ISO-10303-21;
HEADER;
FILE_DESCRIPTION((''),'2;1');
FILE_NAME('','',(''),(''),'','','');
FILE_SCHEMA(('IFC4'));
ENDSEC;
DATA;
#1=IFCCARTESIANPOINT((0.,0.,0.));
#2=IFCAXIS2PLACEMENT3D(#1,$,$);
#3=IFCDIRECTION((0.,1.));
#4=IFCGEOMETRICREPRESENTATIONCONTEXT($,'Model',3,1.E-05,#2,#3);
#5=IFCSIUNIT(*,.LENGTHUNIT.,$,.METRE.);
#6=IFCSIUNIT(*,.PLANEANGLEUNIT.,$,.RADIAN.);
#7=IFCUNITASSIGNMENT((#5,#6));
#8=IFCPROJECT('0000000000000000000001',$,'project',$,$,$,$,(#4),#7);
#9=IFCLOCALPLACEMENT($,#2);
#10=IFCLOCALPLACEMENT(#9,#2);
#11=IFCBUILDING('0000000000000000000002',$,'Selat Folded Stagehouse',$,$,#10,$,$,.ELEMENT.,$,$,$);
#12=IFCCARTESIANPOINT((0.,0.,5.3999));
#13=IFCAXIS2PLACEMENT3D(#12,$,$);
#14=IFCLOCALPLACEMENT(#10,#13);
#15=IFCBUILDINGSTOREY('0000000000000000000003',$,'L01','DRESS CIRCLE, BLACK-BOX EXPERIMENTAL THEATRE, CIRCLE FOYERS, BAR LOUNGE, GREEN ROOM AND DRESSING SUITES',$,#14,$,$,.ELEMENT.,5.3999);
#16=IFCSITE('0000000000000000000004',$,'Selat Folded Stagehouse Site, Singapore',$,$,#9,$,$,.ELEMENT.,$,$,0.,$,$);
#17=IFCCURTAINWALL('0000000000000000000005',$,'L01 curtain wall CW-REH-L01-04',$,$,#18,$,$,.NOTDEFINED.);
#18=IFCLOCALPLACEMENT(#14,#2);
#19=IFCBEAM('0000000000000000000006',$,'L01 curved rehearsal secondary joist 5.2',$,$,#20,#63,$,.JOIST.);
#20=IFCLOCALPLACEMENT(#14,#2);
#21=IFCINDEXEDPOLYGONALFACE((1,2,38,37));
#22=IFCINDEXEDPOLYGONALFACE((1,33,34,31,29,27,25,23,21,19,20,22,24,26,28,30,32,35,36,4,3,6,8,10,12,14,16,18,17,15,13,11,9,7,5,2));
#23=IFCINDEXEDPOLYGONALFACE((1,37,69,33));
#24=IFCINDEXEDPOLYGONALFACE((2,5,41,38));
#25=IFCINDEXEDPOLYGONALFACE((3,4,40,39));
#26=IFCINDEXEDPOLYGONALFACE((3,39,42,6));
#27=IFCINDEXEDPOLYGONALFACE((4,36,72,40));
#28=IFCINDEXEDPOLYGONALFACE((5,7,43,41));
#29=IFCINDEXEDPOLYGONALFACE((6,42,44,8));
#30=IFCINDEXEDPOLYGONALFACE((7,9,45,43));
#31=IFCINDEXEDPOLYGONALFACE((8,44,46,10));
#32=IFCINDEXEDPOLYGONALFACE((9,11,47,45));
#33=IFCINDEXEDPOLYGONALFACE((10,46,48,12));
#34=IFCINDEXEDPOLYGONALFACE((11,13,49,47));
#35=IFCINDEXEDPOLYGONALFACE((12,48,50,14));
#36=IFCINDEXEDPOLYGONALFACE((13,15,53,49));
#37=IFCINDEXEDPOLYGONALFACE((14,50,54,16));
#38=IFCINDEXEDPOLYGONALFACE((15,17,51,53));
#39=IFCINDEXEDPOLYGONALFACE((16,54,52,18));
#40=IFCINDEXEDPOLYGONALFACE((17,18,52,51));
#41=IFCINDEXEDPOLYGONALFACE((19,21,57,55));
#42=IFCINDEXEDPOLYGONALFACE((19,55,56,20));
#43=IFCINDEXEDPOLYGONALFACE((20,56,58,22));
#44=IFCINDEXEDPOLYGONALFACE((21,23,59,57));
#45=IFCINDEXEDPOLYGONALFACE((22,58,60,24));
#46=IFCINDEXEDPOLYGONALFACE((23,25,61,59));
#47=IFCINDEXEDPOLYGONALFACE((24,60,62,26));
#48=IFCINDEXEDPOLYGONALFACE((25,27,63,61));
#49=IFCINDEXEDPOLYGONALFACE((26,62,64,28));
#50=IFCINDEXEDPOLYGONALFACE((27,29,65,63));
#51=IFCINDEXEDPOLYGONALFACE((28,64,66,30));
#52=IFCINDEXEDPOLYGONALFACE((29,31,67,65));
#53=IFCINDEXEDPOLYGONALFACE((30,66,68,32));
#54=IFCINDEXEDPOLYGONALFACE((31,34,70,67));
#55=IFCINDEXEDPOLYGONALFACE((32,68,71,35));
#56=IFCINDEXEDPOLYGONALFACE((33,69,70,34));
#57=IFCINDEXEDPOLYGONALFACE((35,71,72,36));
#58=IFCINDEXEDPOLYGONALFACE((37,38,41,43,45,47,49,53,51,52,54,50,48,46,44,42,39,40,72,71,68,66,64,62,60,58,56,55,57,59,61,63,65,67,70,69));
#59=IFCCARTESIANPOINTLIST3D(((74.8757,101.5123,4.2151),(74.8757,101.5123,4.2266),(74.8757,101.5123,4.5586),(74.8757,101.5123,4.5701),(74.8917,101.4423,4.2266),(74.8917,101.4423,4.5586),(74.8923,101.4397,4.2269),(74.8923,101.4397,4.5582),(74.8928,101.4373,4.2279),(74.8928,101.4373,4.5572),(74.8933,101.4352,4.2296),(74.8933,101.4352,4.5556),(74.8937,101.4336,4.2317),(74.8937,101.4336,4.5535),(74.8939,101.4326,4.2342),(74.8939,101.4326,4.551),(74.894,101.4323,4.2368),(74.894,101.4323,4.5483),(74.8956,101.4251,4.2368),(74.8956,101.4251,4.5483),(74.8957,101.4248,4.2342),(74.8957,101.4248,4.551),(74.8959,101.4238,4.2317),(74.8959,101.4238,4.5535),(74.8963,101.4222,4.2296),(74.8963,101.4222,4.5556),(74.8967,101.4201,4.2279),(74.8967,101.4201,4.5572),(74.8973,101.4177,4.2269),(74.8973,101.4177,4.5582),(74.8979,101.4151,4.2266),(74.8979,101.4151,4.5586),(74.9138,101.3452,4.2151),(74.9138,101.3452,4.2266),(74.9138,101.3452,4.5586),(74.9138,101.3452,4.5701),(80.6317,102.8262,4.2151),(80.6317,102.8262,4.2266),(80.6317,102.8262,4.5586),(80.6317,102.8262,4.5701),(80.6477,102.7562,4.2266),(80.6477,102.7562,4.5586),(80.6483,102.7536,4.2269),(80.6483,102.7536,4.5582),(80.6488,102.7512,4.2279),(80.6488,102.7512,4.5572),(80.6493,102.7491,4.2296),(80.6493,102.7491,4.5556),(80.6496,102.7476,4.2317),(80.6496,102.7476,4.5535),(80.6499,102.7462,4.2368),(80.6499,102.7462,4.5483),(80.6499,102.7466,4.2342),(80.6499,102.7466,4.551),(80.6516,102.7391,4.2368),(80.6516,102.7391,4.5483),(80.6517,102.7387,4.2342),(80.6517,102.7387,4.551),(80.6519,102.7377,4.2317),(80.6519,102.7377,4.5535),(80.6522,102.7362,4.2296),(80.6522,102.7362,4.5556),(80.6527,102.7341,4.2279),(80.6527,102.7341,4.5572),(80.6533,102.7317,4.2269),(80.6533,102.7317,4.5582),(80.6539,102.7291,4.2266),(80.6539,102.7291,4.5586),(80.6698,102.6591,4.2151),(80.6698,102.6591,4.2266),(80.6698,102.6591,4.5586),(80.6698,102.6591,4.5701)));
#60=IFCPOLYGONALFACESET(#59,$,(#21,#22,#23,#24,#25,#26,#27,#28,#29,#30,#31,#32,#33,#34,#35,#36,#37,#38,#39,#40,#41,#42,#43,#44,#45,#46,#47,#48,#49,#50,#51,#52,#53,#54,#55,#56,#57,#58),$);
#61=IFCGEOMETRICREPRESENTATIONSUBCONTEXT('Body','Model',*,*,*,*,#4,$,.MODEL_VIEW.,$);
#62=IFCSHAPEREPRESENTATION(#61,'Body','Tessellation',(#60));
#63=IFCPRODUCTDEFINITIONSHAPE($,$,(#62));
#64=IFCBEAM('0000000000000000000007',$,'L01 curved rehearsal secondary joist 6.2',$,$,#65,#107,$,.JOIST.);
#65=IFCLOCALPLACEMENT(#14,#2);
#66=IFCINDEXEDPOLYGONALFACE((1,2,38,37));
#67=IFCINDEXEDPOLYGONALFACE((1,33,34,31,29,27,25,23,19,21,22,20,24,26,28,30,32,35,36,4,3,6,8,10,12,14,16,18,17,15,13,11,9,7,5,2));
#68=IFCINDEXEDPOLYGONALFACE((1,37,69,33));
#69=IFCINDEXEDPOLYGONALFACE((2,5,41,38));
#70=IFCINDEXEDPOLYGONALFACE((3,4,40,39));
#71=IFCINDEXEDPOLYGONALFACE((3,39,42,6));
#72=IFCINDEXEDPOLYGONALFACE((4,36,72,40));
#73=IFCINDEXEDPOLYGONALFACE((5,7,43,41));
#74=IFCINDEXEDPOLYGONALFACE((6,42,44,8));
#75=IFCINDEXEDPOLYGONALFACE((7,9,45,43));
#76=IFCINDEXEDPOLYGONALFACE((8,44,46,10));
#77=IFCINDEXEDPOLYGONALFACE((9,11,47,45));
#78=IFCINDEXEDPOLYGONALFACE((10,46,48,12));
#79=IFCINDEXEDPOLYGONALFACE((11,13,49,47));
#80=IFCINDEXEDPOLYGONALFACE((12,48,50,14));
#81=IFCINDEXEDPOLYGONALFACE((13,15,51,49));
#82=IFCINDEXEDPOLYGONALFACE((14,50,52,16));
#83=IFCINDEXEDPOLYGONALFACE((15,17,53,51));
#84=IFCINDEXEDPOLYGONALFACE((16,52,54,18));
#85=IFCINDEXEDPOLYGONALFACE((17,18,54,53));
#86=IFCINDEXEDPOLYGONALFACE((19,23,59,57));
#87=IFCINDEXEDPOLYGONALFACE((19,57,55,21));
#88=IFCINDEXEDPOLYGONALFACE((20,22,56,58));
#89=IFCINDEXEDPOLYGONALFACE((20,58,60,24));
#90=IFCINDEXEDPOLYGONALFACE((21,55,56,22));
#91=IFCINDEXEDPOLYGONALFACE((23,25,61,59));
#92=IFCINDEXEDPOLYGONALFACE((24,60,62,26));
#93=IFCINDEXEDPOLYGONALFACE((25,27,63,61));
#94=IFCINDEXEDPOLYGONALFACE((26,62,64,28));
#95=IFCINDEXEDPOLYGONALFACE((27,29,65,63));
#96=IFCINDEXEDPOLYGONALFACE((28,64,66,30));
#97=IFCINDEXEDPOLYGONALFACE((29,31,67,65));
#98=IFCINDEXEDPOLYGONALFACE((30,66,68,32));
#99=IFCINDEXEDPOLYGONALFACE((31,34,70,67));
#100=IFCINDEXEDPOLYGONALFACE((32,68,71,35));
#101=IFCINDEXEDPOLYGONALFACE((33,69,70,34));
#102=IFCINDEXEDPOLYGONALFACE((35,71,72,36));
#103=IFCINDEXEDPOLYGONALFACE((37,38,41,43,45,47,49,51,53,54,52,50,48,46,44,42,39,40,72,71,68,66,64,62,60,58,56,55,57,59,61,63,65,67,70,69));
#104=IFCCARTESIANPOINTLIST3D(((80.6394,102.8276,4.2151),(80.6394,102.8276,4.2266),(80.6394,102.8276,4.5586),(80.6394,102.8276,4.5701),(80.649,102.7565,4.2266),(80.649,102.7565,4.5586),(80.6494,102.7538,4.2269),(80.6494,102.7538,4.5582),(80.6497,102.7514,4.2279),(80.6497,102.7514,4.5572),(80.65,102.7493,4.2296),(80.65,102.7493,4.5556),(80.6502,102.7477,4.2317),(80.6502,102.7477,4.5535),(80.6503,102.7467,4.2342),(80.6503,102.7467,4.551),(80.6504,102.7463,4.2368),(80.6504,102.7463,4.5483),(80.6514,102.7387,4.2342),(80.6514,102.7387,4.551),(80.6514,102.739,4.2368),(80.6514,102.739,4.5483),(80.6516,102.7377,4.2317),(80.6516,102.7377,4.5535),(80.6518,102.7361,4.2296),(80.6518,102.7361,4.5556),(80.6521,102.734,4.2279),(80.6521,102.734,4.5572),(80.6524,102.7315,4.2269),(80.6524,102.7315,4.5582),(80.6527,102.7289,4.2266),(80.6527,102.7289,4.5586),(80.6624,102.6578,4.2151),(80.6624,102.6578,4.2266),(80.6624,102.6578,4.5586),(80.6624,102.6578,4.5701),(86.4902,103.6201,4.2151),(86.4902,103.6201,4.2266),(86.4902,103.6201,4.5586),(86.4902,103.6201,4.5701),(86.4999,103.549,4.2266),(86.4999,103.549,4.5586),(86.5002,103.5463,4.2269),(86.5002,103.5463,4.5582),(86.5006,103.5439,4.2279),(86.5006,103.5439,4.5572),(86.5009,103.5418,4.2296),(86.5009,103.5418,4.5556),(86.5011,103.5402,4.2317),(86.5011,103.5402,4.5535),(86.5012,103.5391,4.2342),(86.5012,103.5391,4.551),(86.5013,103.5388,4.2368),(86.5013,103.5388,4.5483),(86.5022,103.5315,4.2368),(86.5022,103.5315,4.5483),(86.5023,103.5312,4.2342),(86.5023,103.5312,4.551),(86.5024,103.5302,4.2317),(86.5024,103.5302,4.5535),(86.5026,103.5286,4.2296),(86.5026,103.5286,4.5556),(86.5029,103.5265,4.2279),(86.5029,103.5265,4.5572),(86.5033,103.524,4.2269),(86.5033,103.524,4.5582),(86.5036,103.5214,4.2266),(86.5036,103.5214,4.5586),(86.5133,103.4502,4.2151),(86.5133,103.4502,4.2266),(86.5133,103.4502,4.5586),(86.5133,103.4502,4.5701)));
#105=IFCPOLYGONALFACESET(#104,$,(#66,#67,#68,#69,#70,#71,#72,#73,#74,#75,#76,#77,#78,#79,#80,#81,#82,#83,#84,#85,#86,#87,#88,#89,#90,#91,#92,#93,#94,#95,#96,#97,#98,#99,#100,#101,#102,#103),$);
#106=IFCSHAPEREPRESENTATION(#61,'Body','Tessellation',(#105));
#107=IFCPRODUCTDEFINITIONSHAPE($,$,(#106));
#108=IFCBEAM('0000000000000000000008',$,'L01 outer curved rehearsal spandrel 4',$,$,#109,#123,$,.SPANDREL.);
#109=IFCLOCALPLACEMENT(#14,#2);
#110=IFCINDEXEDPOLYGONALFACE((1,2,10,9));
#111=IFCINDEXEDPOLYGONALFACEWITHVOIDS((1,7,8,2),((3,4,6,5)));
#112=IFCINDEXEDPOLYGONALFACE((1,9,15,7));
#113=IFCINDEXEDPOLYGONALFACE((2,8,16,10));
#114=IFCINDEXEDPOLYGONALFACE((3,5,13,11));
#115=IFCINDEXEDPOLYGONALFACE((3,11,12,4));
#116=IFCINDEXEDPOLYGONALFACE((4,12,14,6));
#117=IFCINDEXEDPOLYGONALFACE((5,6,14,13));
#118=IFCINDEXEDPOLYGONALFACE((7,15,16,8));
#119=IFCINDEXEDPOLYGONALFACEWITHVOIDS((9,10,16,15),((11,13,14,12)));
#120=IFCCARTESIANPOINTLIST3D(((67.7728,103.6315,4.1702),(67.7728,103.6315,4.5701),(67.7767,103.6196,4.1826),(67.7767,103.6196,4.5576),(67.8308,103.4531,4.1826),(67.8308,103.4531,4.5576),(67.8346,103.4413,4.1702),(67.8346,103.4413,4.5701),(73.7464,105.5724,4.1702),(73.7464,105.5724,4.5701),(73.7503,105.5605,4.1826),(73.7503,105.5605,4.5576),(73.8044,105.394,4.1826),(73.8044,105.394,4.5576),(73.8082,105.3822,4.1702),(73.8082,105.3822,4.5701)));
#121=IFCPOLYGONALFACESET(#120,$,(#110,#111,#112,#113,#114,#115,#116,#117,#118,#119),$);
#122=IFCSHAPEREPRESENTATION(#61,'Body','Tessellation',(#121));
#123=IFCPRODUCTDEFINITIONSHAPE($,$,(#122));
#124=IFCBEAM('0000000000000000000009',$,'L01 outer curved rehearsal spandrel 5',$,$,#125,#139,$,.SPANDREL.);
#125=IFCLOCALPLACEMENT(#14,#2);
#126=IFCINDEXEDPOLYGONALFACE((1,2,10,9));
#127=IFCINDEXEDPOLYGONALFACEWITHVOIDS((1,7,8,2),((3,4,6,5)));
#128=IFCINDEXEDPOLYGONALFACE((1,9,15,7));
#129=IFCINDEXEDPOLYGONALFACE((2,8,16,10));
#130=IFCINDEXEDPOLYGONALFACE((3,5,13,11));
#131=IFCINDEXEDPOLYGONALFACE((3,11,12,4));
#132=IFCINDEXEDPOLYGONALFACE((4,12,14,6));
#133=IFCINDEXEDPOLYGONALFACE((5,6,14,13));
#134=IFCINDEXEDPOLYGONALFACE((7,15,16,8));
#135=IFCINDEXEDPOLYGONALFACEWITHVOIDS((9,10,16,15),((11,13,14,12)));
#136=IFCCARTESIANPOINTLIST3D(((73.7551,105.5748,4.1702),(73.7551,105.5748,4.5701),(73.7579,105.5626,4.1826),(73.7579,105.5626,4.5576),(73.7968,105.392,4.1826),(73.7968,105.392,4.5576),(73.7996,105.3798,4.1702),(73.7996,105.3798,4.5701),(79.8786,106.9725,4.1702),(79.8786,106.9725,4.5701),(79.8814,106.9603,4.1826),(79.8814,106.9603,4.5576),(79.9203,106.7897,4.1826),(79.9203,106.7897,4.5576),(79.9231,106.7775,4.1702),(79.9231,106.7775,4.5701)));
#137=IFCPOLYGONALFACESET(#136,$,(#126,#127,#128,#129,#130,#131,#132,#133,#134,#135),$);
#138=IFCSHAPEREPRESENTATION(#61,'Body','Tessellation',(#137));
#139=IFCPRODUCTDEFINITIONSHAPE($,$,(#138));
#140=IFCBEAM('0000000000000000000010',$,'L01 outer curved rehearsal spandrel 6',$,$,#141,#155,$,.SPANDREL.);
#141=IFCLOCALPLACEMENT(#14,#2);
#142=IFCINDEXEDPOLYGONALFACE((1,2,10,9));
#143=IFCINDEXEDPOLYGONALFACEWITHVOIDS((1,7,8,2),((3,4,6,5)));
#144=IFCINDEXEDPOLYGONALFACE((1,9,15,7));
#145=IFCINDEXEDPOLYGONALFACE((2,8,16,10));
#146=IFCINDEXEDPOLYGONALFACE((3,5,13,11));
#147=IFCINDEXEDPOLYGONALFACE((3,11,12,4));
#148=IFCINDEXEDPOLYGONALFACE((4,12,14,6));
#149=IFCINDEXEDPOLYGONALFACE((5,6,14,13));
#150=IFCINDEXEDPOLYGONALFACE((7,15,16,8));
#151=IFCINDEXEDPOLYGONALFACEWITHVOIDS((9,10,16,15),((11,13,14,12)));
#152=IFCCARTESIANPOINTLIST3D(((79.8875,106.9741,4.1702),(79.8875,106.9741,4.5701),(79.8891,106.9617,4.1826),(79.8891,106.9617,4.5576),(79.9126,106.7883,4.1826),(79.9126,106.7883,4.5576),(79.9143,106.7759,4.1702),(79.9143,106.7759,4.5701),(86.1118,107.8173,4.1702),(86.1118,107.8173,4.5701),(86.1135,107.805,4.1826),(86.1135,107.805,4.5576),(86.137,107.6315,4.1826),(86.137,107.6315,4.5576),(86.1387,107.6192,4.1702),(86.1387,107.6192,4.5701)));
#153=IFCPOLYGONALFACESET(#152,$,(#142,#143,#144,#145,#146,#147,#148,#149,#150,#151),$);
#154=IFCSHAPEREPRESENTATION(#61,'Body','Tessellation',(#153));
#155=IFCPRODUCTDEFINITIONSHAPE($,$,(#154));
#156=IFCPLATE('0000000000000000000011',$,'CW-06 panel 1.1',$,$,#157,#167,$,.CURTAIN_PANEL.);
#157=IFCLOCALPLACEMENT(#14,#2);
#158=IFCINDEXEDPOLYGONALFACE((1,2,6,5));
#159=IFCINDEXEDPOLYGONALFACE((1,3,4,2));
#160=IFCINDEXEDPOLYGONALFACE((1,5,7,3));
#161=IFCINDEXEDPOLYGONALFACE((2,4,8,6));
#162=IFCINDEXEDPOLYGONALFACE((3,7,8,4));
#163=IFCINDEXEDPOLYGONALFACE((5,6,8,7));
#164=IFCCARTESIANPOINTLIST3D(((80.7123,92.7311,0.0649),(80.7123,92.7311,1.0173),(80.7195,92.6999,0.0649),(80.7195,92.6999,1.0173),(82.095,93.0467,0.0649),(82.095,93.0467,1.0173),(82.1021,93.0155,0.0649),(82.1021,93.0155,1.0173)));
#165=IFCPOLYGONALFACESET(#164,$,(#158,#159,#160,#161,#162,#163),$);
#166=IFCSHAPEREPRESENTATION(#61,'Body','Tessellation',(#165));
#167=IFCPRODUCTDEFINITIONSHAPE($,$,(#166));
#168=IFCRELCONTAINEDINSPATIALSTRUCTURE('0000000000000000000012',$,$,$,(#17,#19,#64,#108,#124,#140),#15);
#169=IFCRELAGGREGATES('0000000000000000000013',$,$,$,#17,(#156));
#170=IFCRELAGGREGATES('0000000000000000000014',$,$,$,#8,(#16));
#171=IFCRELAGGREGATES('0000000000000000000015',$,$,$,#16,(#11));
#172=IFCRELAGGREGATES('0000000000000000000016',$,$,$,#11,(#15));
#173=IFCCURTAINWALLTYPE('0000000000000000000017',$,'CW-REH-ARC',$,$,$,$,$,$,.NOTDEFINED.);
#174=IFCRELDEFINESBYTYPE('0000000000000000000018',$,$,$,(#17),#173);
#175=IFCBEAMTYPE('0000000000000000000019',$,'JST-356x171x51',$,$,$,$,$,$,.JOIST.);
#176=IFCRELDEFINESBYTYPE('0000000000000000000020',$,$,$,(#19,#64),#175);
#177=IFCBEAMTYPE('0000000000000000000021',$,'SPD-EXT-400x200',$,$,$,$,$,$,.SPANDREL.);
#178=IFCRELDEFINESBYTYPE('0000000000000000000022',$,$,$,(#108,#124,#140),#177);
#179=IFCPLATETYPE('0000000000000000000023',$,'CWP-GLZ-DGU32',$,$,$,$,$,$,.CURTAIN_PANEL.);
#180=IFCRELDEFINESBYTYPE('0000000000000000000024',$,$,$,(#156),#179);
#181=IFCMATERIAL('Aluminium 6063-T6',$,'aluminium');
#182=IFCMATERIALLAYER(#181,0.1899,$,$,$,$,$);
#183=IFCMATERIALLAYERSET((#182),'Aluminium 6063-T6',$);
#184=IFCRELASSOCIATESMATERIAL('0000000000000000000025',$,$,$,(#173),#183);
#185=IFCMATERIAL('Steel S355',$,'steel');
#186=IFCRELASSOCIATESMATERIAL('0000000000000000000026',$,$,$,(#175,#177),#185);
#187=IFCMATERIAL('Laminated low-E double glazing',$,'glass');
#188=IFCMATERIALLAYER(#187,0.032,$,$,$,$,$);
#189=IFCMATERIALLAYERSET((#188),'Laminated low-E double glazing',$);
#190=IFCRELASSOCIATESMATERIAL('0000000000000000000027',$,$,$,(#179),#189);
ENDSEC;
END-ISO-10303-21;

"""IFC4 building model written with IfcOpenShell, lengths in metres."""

from ifc_helpers import new_model, si_unit, direction, frame, origin, origin_2d, place, context, subcontext, project, spatial, rectangle, hollow_rectangle, i_section, extrude, material, layer, layer_set, material_profile, profile_set, type_object, element, aggregate, save


model = new_model("IFC4")

# Units and contexts
model_context = context("Model", 3, precision=1e-05, world=origin(), true_north=direction((0.0, 1.0)))
body_context = subcontext(model_context, "Body", "Model", "MODEL_VIEW")
ifc_project = project(units=[si_unit("LENGTHUNIT", "METRE"), si_unit("PLANEANGLEUNIT", "RADIAN")], contexts=[model_context])

# Site, building, storey
site_placement = place(None, origin())
site = spatial("IfcSite", under=ifc_project, at=site_placement, Name="Selat Folded Stagehouse Site, Singapore", CompositionType="ELEMENT", RefElevation=0.0)
building_placement = place(site_placement, origin())
building = spatial("IfcBuilding", under=site, at=building_placement, Name="Selat Folded Stagehouse", CompositionType="ELEMENT")
storey_placement = place(building_placement, frame((0.0, 0.0, 5.3999)))
storey = spatial("IfcBuildingStorey", under=building, at=storey_placement, Name="L01", Description="DRESS CIRCLE, BLACK-BOX EXPERIMENTAL THEATRE, CIRCLE FOYERS, BAR LOUNGE, GREEN ROOM AND DRESSING SUITES", CompositionType="ELEMENT", Elevation=5.3999)

# Shared definitions
ifc_material_1 = material(Name="Steel S355", Category="steel")

# Curtain wall
ifc_material_2 = material(Name="Aluminium 6063-T6", Category="aluminium")
ifc_layer_1 = layer(ifc_material_2, 0.1899)
ifc_layer_set_1 = layer_set([ifc_layer_1], Name="Aluminium 6063-T6")
curtain_wall_type = type_object("IfcCurtainWallType", Name="CW-REH-ARC", PredefinedType="NOTDEFINED", material=ifc_layer_set_1)
curtain_wall_placement = place(storey_placement, origin())
curtain_wall = element("IfcCurtainWall", 1, at=curtain_wall_placement, inside=storey, type_object=curtain_wall_type, Name="L01 curtain wall CW-REH-L01-04", PredefinedType="NOTDEFINED")

# Beams
ifc_material_profile_1 = material_profile(ifc_material_1, i_section(OverallWidth=0.1714, OverallDepth=0.355, WebThickness=0.0073, FlangeThickness=0.0115, FilletRadius=0.0103, at=origin_2d()), Name="UKB 356x171x51")
ifc_profile_set_1 = profile_set([ifc_material_profile_1], Name="Steel S355")
beam_type_1 = type_object("IfcBeamType", Name="JST-356x171x51", PredefinedType="JOIST", material=ifc_profile_set_1)
beam_1_placement = place(storey_placement, frame((74.8948, 101.4287, 4.3926), z_axis=(0.974922, 0.222549, 0.0), x_axis=(-0.222549, 0.974922, 0.0)))
element("IfcBeam", 2, at=beam_1_placement, inside=storey, type_object=beam_type_1, Name="L01 curved rehearsal secondary joist 5.2", PredefinedType="JOIST", context=body_context, shape_type="SweptSolid", body=[
    extrude(i_section(OverallWidth=0.1714, OverallDepth=0.355, WebThickness=0.0073, FlangeThickness=0.0115, FilletRadius=0.0103, at=origin_2d()), origin(), (0.0, 0.0, 1.0), 5.9041),
])
beam_2_placement = place(storey_placement, frame((80.6509, 102.7427, 4.3926), z_axis=(0.990951, 0.134222, 0.0), x_axis=(-0.134222, 0.990951, 0.0)))
element("IfcBeam", 3, at=beam_2_placement, inside=storey, type_object=beam_type_1, Name="L01 curved rehearsal secondary joist 6.2", PredefinedType="JOIST", context=body_context, shape_type="SweptSolid", body=[
    extrude(i_section(OverallWidth=0.1714, OverallDepth=0.355, WebThickness=0.0073, FlangeThickness=0.0115, FilletRadius=0.0103, at=origin_2d()), origin(), (0.0, 0.0, 1.0), 5.9043),
])
ifc_material_profile_2 = material_profile(ifc_material_1, hollow_rectangle(XDim=0.2, YDim=0.3999, WallThickness=0.0125, at=origin_2d()), Name="RHS 400x200x12.5")
ifc_profile_set_2 = profile_set([ifc_material_profile_2], Name="Steel S355")
beam_type_2 = type_object("IfcBeamType", Name="SPD-EXT-400x200", PredefinedType="SPANDREL", material=ifc_profile_set_2)
for number, where, z_axis, x_axis, name in (
    (4, (67.8037, 103.5364, 4.3701), (0.951058, 0.309012, 0.0), (-0.309012, 0.951058, 0.0), "L01 outer curved rehearsal spandrel 4"),
    (5, (73.7773, 105.4773, 4.3701), (0.974926, 0.222528, 0.0), (-0.222528, 0.974926, 0.0), "L01 outer curved rehearsal spandrel 5"),
):
    element("IfcBeam", number, at=place(storey_placement, frame(where, z_axis=z_axis, x_axis=x_axis)), inside=storey, type_object=beam_type_2, Name=name, PredefinedType="SPANDREL", context=body_context, shape_type="SweptSolid", body=[
        extrude(hollow_rectangle(XDim=0.2, YDim=0.3999, WallThickness=0.0125, at=origin_2d()), origin(), (0.0, 0.0, 1.0), 6.281),
    ])
beam_3_placement = place(storey_placement, frame((79.9009, 106.875, 4.3701), z_axis=(0.990947, 0.134251, 0.0), x_axis=(-0.134251, 0.990947, 0.0)))
element("IfcBeam", 6, at=beam_3_placement, inside=storey, type_object=beam_type_2, Name="L01 outer curved rehearsal spandrel 6", PredefinedType="SPANDREL", context=body_context, shape_type="SweptSolid", body=[
    extrude(hollow_rectangle(XDim=0.2, YDim=0.3999, WallThickness=0.0125, at=origin_2d()), origin(), (0.0, 0.0, 1.0), 6.2812),
])

# Plate
ifc_material_3 = material(Name="Laminated low-E double glazing", Category="glass")
ifc_layer_2 = layer(ifc_material_3, 0.032)
ifc_layer_set_2 = layer_set([ifc_layer_2], Name="Laminated low-E double glazing")
plate_type = type_object("IfcPlateType", Name="CWP-GLZ-DGU32", PredefinedType="CURTAIN_PANEL", material=ifc_layer_set_2)
plate_placement = place(storey_placement, frame((81.4072, 92.8733, 0.0649), z_axis=(0.0, 0.0, 1.0), x_axis=(-0.974923, -0.222543, 0.0)))
plate = element("IfcPlate", 7, at=plate_placement, type_object=plate_type, Name="CW-06 panel 1.1", PredefinedType="CURTAIN_PANEL", context=body_context, shape_type="SweptSolid", body=[
    extrude(rectangle(XDim=1.4182, YDim=0.032, at=origin_2d()), origin(), (0.0, 0.0, 1.0), 0.9524),
])
aggregate(curtain_wall, [plate])

save(model, "model.ifc")
